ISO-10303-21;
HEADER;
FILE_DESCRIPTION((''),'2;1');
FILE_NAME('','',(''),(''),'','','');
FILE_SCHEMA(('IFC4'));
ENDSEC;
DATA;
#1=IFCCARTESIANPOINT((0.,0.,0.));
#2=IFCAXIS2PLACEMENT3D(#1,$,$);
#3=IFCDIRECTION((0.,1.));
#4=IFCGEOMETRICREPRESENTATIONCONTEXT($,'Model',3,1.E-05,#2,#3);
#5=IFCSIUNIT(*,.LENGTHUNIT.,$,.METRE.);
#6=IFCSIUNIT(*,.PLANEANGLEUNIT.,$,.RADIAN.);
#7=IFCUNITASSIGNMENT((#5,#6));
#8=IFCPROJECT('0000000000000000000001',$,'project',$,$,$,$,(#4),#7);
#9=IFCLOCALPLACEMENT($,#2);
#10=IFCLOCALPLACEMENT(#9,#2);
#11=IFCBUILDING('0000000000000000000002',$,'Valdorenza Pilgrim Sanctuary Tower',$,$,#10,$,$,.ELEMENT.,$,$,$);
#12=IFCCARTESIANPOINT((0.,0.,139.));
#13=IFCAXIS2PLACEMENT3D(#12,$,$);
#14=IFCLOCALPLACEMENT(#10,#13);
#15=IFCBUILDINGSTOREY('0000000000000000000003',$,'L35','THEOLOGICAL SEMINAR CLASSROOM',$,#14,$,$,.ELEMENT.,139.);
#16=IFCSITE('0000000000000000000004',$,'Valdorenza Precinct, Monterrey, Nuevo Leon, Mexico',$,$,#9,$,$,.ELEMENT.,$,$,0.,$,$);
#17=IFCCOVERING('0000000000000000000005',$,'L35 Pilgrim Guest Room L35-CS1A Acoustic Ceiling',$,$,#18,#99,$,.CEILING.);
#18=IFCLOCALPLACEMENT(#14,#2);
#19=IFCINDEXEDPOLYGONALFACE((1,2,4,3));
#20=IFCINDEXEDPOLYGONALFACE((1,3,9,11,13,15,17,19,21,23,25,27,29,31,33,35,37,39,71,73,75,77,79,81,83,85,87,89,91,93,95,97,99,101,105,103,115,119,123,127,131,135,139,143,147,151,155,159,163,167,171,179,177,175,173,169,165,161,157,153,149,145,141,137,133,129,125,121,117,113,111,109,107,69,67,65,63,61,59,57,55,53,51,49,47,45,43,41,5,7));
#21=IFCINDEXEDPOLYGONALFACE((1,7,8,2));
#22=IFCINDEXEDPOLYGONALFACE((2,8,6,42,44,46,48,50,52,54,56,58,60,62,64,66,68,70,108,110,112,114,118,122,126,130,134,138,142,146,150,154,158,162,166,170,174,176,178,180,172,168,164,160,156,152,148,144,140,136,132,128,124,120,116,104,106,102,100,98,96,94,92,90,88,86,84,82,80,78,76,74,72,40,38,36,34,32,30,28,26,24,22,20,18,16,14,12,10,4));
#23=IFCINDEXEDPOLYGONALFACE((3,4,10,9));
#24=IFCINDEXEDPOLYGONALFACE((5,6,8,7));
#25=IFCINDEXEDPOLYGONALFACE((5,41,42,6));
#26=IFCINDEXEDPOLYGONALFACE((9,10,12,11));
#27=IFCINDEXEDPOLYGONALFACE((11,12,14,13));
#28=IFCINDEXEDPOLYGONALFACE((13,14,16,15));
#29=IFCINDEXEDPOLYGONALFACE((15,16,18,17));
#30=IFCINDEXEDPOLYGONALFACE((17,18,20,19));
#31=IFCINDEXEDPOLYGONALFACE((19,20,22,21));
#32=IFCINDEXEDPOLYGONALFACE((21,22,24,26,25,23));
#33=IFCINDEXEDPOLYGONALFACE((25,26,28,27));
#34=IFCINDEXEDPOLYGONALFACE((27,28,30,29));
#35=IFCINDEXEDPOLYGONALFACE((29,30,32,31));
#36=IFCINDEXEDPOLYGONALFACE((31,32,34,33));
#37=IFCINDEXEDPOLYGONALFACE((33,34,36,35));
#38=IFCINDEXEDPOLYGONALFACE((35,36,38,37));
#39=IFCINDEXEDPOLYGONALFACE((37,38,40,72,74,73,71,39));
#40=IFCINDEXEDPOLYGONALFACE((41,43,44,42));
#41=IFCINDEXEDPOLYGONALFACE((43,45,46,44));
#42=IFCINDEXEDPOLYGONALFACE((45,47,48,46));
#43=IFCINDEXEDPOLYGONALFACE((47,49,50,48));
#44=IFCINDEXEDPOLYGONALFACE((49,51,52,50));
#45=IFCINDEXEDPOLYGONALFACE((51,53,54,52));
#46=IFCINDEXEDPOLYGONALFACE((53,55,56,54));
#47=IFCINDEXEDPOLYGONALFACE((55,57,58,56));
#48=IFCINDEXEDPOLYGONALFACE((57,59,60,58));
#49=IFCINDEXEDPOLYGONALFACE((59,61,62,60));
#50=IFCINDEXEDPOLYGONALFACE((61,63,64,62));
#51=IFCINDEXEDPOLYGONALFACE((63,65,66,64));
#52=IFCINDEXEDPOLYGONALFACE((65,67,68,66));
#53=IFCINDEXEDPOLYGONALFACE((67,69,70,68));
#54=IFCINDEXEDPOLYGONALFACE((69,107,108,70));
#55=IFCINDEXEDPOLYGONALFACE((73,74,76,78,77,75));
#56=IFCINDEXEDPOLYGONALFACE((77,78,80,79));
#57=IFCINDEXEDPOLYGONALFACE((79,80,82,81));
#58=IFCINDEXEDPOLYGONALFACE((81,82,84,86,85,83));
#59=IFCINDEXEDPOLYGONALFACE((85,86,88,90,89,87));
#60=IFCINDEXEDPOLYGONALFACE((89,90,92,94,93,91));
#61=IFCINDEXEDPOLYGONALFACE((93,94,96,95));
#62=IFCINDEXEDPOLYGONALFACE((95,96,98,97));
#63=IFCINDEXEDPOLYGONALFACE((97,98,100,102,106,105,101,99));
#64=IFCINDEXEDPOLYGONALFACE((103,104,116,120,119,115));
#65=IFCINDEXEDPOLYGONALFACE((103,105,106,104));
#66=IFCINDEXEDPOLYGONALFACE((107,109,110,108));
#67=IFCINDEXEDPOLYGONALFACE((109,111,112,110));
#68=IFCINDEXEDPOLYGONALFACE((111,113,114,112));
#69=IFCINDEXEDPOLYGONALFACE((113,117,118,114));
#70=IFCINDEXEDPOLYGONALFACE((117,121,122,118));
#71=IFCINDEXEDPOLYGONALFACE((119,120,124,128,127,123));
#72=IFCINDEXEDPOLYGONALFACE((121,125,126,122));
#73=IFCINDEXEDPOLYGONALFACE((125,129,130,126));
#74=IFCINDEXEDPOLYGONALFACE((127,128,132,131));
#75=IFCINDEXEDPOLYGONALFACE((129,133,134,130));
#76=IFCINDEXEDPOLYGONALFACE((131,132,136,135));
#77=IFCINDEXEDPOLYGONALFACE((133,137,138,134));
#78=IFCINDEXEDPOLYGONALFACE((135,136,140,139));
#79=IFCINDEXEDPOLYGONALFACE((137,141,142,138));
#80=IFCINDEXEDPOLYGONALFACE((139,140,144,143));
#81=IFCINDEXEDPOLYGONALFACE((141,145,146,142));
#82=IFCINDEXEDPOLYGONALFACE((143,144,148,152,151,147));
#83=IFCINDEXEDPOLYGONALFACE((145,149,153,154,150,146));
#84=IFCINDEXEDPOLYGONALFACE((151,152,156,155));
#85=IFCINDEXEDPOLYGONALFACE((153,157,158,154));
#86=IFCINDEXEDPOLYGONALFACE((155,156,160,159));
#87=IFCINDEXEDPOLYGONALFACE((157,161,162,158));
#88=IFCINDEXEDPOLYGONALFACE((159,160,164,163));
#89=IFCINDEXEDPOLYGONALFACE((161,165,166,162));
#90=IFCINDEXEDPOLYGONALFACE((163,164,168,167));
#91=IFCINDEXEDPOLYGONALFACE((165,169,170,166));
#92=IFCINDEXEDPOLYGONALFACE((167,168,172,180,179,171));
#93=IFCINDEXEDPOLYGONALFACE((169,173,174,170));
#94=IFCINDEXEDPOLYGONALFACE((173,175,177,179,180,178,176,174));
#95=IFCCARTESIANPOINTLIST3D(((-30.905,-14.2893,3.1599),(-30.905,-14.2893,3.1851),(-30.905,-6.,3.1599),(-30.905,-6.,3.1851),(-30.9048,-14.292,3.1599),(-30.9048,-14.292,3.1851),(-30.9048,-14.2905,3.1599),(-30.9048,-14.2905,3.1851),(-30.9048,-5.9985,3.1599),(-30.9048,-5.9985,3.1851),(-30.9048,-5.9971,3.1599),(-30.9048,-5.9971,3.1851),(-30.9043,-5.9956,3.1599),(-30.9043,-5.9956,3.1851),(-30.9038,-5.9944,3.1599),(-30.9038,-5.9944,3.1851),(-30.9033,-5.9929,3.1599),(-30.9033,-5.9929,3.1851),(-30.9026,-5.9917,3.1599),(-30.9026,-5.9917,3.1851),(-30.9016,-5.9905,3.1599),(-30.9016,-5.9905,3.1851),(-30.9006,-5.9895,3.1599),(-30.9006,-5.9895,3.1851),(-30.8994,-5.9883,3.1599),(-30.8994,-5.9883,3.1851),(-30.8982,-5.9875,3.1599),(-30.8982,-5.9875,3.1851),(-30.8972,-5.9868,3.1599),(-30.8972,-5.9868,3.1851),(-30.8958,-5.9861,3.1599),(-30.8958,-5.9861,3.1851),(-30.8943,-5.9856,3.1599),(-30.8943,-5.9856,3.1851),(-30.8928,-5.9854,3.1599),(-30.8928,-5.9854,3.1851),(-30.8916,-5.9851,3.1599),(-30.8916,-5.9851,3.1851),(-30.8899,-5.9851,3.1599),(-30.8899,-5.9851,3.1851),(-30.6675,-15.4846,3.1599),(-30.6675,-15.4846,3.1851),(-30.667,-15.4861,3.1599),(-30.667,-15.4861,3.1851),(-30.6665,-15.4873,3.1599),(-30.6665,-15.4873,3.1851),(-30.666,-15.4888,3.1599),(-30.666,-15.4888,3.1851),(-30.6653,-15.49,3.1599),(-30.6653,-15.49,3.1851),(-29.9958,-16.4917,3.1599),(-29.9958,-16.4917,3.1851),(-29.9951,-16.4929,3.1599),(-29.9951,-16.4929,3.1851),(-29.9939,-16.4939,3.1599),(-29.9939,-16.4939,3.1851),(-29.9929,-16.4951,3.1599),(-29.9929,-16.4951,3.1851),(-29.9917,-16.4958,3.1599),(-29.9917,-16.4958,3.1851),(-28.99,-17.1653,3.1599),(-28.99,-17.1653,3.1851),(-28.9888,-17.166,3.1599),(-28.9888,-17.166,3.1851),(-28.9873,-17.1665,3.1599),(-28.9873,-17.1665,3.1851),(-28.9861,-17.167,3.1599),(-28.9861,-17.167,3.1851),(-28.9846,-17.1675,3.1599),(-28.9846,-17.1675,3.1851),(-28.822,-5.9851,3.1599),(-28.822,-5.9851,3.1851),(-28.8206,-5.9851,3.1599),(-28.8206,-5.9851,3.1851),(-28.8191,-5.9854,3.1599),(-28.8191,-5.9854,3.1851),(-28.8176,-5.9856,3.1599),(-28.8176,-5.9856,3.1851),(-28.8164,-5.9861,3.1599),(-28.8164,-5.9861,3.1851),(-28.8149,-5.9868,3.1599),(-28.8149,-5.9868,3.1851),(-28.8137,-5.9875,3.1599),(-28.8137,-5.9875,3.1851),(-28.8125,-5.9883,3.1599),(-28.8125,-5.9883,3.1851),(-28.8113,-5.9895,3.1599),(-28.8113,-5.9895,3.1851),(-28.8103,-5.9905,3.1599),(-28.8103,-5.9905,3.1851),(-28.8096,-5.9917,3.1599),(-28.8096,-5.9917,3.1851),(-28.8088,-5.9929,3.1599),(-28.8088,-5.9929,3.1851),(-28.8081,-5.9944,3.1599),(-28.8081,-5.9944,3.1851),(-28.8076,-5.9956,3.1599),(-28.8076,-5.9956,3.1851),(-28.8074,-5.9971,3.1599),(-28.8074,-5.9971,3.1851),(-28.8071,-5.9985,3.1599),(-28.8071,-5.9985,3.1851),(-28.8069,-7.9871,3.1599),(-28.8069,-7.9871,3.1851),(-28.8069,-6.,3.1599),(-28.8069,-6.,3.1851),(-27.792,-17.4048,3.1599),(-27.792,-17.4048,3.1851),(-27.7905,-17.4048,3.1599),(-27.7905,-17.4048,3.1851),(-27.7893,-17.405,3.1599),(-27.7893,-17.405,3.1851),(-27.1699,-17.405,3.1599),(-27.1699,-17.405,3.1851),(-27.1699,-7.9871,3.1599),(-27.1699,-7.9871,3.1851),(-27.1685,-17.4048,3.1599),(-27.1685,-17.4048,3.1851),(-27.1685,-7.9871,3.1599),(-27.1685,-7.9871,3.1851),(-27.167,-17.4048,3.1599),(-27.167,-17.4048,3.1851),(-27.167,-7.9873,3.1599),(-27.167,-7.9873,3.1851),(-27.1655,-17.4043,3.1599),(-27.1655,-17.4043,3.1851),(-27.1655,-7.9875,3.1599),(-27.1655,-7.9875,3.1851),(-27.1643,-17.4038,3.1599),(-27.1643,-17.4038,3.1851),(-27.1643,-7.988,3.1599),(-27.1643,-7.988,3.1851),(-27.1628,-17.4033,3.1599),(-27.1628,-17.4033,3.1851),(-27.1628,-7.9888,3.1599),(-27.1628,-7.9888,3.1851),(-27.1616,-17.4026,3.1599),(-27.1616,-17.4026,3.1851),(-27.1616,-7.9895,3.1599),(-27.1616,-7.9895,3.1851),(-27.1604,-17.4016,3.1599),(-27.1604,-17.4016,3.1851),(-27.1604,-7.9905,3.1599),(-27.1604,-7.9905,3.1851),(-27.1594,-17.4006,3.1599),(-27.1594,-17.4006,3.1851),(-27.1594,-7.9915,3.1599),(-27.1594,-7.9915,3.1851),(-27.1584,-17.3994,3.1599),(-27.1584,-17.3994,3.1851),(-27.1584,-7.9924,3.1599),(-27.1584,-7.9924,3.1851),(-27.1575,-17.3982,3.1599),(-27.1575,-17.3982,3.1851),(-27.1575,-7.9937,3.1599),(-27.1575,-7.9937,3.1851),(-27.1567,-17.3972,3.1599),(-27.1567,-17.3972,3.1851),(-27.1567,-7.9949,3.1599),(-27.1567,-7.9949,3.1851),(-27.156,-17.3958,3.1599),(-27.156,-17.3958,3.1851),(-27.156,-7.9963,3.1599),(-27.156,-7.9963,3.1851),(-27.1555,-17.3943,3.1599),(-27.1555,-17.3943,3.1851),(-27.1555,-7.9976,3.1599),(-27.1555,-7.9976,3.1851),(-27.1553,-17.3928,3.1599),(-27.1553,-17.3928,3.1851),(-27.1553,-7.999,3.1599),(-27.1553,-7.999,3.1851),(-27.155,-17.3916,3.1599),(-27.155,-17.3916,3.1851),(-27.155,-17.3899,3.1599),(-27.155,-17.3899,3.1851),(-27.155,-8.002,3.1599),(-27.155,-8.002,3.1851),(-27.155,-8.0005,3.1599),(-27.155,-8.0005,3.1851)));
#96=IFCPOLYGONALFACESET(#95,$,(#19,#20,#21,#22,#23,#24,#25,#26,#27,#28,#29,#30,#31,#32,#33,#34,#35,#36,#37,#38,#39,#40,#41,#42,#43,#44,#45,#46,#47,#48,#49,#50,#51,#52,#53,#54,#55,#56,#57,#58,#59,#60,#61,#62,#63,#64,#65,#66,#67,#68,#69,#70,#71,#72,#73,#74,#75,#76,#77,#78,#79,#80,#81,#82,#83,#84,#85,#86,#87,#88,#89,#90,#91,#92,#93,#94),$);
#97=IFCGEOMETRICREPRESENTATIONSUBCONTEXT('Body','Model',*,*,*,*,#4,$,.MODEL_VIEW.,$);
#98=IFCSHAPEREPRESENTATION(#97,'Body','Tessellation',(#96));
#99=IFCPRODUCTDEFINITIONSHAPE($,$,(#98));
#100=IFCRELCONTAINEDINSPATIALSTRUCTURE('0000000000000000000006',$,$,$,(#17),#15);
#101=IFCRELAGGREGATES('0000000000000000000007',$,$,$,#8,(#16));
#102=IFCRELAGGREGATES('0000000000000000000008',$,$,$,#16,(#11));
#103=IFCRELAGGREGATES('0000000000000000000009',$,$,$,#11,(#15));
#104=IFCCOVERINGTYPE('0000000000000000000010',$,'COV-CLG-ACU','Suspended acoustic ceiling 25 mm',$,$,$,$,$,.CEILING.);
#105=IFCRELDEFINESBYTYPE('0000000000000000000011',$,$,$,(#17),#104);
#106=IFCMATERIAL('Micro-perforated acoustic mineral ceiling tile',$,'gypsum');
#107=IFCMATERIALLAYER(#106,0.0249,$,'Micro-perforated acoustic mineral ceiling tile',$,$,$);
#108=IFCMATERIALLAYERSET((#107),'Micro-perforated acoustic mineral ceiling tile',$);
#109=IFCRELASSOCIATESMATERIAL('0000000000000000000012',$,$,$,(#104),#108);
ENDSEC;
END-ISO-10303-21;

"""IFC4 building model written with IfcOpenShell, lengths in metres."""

from ifc_helpers import new_model, si_unit, direction, frame, origin, place, context, subcontext, project, spatial, polyline, outline, extrude, material, layer, layer_set, type_object, element, save


model = new_model("IFC4")

# Units and contexts
model_context = context("Model", 3, precision=1e-05, world=origin(), true_north=direction((0.0, 1.0)))
body_context = subcontext(model_context, "Body", "Model", "MODEL_VIEW")
ifc_project = project(units=[si_unit("LENGTHUNIT", "METRE"), si_unit("PLANEANGLEUNIT", "RADIAN")], contexts=[model_context])

# Site, building, storey
site_placement = place(None, origin())
site = spatial("IfcSite", under=ifc_project, at=site_placement, Name="Valdorenza Precinct, Monterrey, Nuevo Leon, Mexico", CompositionType="ELEMENT", RefElevation=0.0)
building_placement = place(site_placement, origin())
building = spatial("IfcBuilding", under=site, at=building_placement, Name="Valdorenza Pilgrim Sanctuary Tower", CompositionType="ELEMENT")
storey_placement = place(building_placement, frame((0.0, 0.0, 139.0)))
storey = spatial("IfcBuildingStorey", under=building, at=storey_placement, Name="L35", Description="THEOLOGICAL SEMINAR CLASSROOM", CompositionType="ELEMENT", Elevation=139.0)

# Covering
ifc_material_1 = material(Name="Micro-perforated acoustic mineral ceiling tile", Category="gypsum")
ifc_layer_1 = layer(ifc_material_1, 0.0249, Name="Micro-perforated acoustic mineral ceiling tile")
ifc_layer_set_1 = layer_set([ifc_layer_1], Name="Micro-perforated acoustic mineral ceiling tile")
covering_type_1 = type_object("IfcCoveringType", Name="COV-CLG-ACU", Description="Suspended acoustic ceiling 25 mm", PredefinedType="CEILING", material=ifc_layer_set_1)
covering_1_placement = place(storey_placement, frame((0.0, 0.0, 3.1599)))
element("IfcCovering", 1, at=covering_1_placement, inside=storey, type_object=covering_type_1, Name="L35 Pilgrim Guest Room L35-CS1A Acoustic Ceiling", PredefinedType="CEILING", context=body_context, shape_type="SweptSolid", body=[
    extrude(outline(polyline([(-28.9846, -17.1675), (-28.9861, -17.167), (-28.9873, -17.1665), (-28.9888, -17.166), (-28.99, -17.1653), (-29.9917, -16.4958), (-29.9929, -16.4951), (-29.9939, -16.4939), (-29.9951, -16.4929), (-29.9958, -16.4917), (-30.6653, -15.49), (-30.666, -15.4888), (-30.6665, -15.4873), (-30.667, -15.4861), (-30.6675, -15.4846), (-30.9048, -14.292), (-30.9048, -14.2905), (-30.905, -14.2893), (-30.905, -6.0), (-30.9048, -5.9985), (-30.9048, -5.9971), (-30.9043, -5.9956), (-30.9038, -5.9944), (-30.9033, -5.9929), (-30.9026, -5.9917), (-30.9016, -5.9905), (-30.9006, -5.9895), (-30.8994, -5.9883), (-30.8982, -5.9875), (-30.8972, -5.9868), (-30.8958, -5.9861), (-30.8943, -5.9856), (-30.8928, -5.9854), (-30.8916, -5.9851), (-30.8899, -5.9851), (-28.822, -5.9851), (-28.8206, -5.9851), (-28.8191, -5.9854), (-28.8176, -5.9856), (-28.8164, -5.9861), (-28.8149, -5.9868), (-28.8137, -5.9875), (-28.8125, -5.9883), (-28.8113, -5.9895), (-28.8103, -5.9905), (-28.8096, -5.9917), (-28.8088, -5.9929), (-28.8081, -5.9944), (-28.8076, -5.9956), (-28.8074, -5.9971), (-28.8071, -5.9985), (-28.8069, -6.0), (-28.8069, -7.9871), (-27.1699, -7.9871), (-27.1685, -7.9871), (-27.167, -7.9873), (-27.1655, -7.9875), (-27.1643, -7.988), (-27.1628, -7.9888), (-27.1616, -7.9895), (-27.1604, -7.9905), (-27.1594, -7.9915), (-27.1584, -7.9924), (-27.1575, -7.9937), (-27.1567, -7.9949), (-27.156, -7.9963), (-27.1555, -7.9976), (-27.1553, -7.999), (-27.155, -8.0005), (-27.155, -8.002), (-27.155, -17.3899), (-27.155, -17.3916), (-27.1553, -17.3928), (-27.1555, -17.3943), (-27.156, -17.3958), (-27.1567, -17.3972), (-27.1575, -17.3982), (-27.1584, -17.3994), (-27.1594, -17.4006), (-27.1604, -17.4016), (-27.1616, -17.4026), (-27.1628, -17.4033), (-27.1643, -17.4038), (-27.1655, -17.4043), (-27.167, -17.4048), (-27.1685, -17.4048), (-27.1699, -17.405), (-27.7893, -17.405), (-27.7905, -17.4048), (-27.792, -17.4048), (-28.9846, -17.1675)])), origin(), (0.0, 0.0, 1.0), 0.0251),
])

save(model, "model.ifc")
